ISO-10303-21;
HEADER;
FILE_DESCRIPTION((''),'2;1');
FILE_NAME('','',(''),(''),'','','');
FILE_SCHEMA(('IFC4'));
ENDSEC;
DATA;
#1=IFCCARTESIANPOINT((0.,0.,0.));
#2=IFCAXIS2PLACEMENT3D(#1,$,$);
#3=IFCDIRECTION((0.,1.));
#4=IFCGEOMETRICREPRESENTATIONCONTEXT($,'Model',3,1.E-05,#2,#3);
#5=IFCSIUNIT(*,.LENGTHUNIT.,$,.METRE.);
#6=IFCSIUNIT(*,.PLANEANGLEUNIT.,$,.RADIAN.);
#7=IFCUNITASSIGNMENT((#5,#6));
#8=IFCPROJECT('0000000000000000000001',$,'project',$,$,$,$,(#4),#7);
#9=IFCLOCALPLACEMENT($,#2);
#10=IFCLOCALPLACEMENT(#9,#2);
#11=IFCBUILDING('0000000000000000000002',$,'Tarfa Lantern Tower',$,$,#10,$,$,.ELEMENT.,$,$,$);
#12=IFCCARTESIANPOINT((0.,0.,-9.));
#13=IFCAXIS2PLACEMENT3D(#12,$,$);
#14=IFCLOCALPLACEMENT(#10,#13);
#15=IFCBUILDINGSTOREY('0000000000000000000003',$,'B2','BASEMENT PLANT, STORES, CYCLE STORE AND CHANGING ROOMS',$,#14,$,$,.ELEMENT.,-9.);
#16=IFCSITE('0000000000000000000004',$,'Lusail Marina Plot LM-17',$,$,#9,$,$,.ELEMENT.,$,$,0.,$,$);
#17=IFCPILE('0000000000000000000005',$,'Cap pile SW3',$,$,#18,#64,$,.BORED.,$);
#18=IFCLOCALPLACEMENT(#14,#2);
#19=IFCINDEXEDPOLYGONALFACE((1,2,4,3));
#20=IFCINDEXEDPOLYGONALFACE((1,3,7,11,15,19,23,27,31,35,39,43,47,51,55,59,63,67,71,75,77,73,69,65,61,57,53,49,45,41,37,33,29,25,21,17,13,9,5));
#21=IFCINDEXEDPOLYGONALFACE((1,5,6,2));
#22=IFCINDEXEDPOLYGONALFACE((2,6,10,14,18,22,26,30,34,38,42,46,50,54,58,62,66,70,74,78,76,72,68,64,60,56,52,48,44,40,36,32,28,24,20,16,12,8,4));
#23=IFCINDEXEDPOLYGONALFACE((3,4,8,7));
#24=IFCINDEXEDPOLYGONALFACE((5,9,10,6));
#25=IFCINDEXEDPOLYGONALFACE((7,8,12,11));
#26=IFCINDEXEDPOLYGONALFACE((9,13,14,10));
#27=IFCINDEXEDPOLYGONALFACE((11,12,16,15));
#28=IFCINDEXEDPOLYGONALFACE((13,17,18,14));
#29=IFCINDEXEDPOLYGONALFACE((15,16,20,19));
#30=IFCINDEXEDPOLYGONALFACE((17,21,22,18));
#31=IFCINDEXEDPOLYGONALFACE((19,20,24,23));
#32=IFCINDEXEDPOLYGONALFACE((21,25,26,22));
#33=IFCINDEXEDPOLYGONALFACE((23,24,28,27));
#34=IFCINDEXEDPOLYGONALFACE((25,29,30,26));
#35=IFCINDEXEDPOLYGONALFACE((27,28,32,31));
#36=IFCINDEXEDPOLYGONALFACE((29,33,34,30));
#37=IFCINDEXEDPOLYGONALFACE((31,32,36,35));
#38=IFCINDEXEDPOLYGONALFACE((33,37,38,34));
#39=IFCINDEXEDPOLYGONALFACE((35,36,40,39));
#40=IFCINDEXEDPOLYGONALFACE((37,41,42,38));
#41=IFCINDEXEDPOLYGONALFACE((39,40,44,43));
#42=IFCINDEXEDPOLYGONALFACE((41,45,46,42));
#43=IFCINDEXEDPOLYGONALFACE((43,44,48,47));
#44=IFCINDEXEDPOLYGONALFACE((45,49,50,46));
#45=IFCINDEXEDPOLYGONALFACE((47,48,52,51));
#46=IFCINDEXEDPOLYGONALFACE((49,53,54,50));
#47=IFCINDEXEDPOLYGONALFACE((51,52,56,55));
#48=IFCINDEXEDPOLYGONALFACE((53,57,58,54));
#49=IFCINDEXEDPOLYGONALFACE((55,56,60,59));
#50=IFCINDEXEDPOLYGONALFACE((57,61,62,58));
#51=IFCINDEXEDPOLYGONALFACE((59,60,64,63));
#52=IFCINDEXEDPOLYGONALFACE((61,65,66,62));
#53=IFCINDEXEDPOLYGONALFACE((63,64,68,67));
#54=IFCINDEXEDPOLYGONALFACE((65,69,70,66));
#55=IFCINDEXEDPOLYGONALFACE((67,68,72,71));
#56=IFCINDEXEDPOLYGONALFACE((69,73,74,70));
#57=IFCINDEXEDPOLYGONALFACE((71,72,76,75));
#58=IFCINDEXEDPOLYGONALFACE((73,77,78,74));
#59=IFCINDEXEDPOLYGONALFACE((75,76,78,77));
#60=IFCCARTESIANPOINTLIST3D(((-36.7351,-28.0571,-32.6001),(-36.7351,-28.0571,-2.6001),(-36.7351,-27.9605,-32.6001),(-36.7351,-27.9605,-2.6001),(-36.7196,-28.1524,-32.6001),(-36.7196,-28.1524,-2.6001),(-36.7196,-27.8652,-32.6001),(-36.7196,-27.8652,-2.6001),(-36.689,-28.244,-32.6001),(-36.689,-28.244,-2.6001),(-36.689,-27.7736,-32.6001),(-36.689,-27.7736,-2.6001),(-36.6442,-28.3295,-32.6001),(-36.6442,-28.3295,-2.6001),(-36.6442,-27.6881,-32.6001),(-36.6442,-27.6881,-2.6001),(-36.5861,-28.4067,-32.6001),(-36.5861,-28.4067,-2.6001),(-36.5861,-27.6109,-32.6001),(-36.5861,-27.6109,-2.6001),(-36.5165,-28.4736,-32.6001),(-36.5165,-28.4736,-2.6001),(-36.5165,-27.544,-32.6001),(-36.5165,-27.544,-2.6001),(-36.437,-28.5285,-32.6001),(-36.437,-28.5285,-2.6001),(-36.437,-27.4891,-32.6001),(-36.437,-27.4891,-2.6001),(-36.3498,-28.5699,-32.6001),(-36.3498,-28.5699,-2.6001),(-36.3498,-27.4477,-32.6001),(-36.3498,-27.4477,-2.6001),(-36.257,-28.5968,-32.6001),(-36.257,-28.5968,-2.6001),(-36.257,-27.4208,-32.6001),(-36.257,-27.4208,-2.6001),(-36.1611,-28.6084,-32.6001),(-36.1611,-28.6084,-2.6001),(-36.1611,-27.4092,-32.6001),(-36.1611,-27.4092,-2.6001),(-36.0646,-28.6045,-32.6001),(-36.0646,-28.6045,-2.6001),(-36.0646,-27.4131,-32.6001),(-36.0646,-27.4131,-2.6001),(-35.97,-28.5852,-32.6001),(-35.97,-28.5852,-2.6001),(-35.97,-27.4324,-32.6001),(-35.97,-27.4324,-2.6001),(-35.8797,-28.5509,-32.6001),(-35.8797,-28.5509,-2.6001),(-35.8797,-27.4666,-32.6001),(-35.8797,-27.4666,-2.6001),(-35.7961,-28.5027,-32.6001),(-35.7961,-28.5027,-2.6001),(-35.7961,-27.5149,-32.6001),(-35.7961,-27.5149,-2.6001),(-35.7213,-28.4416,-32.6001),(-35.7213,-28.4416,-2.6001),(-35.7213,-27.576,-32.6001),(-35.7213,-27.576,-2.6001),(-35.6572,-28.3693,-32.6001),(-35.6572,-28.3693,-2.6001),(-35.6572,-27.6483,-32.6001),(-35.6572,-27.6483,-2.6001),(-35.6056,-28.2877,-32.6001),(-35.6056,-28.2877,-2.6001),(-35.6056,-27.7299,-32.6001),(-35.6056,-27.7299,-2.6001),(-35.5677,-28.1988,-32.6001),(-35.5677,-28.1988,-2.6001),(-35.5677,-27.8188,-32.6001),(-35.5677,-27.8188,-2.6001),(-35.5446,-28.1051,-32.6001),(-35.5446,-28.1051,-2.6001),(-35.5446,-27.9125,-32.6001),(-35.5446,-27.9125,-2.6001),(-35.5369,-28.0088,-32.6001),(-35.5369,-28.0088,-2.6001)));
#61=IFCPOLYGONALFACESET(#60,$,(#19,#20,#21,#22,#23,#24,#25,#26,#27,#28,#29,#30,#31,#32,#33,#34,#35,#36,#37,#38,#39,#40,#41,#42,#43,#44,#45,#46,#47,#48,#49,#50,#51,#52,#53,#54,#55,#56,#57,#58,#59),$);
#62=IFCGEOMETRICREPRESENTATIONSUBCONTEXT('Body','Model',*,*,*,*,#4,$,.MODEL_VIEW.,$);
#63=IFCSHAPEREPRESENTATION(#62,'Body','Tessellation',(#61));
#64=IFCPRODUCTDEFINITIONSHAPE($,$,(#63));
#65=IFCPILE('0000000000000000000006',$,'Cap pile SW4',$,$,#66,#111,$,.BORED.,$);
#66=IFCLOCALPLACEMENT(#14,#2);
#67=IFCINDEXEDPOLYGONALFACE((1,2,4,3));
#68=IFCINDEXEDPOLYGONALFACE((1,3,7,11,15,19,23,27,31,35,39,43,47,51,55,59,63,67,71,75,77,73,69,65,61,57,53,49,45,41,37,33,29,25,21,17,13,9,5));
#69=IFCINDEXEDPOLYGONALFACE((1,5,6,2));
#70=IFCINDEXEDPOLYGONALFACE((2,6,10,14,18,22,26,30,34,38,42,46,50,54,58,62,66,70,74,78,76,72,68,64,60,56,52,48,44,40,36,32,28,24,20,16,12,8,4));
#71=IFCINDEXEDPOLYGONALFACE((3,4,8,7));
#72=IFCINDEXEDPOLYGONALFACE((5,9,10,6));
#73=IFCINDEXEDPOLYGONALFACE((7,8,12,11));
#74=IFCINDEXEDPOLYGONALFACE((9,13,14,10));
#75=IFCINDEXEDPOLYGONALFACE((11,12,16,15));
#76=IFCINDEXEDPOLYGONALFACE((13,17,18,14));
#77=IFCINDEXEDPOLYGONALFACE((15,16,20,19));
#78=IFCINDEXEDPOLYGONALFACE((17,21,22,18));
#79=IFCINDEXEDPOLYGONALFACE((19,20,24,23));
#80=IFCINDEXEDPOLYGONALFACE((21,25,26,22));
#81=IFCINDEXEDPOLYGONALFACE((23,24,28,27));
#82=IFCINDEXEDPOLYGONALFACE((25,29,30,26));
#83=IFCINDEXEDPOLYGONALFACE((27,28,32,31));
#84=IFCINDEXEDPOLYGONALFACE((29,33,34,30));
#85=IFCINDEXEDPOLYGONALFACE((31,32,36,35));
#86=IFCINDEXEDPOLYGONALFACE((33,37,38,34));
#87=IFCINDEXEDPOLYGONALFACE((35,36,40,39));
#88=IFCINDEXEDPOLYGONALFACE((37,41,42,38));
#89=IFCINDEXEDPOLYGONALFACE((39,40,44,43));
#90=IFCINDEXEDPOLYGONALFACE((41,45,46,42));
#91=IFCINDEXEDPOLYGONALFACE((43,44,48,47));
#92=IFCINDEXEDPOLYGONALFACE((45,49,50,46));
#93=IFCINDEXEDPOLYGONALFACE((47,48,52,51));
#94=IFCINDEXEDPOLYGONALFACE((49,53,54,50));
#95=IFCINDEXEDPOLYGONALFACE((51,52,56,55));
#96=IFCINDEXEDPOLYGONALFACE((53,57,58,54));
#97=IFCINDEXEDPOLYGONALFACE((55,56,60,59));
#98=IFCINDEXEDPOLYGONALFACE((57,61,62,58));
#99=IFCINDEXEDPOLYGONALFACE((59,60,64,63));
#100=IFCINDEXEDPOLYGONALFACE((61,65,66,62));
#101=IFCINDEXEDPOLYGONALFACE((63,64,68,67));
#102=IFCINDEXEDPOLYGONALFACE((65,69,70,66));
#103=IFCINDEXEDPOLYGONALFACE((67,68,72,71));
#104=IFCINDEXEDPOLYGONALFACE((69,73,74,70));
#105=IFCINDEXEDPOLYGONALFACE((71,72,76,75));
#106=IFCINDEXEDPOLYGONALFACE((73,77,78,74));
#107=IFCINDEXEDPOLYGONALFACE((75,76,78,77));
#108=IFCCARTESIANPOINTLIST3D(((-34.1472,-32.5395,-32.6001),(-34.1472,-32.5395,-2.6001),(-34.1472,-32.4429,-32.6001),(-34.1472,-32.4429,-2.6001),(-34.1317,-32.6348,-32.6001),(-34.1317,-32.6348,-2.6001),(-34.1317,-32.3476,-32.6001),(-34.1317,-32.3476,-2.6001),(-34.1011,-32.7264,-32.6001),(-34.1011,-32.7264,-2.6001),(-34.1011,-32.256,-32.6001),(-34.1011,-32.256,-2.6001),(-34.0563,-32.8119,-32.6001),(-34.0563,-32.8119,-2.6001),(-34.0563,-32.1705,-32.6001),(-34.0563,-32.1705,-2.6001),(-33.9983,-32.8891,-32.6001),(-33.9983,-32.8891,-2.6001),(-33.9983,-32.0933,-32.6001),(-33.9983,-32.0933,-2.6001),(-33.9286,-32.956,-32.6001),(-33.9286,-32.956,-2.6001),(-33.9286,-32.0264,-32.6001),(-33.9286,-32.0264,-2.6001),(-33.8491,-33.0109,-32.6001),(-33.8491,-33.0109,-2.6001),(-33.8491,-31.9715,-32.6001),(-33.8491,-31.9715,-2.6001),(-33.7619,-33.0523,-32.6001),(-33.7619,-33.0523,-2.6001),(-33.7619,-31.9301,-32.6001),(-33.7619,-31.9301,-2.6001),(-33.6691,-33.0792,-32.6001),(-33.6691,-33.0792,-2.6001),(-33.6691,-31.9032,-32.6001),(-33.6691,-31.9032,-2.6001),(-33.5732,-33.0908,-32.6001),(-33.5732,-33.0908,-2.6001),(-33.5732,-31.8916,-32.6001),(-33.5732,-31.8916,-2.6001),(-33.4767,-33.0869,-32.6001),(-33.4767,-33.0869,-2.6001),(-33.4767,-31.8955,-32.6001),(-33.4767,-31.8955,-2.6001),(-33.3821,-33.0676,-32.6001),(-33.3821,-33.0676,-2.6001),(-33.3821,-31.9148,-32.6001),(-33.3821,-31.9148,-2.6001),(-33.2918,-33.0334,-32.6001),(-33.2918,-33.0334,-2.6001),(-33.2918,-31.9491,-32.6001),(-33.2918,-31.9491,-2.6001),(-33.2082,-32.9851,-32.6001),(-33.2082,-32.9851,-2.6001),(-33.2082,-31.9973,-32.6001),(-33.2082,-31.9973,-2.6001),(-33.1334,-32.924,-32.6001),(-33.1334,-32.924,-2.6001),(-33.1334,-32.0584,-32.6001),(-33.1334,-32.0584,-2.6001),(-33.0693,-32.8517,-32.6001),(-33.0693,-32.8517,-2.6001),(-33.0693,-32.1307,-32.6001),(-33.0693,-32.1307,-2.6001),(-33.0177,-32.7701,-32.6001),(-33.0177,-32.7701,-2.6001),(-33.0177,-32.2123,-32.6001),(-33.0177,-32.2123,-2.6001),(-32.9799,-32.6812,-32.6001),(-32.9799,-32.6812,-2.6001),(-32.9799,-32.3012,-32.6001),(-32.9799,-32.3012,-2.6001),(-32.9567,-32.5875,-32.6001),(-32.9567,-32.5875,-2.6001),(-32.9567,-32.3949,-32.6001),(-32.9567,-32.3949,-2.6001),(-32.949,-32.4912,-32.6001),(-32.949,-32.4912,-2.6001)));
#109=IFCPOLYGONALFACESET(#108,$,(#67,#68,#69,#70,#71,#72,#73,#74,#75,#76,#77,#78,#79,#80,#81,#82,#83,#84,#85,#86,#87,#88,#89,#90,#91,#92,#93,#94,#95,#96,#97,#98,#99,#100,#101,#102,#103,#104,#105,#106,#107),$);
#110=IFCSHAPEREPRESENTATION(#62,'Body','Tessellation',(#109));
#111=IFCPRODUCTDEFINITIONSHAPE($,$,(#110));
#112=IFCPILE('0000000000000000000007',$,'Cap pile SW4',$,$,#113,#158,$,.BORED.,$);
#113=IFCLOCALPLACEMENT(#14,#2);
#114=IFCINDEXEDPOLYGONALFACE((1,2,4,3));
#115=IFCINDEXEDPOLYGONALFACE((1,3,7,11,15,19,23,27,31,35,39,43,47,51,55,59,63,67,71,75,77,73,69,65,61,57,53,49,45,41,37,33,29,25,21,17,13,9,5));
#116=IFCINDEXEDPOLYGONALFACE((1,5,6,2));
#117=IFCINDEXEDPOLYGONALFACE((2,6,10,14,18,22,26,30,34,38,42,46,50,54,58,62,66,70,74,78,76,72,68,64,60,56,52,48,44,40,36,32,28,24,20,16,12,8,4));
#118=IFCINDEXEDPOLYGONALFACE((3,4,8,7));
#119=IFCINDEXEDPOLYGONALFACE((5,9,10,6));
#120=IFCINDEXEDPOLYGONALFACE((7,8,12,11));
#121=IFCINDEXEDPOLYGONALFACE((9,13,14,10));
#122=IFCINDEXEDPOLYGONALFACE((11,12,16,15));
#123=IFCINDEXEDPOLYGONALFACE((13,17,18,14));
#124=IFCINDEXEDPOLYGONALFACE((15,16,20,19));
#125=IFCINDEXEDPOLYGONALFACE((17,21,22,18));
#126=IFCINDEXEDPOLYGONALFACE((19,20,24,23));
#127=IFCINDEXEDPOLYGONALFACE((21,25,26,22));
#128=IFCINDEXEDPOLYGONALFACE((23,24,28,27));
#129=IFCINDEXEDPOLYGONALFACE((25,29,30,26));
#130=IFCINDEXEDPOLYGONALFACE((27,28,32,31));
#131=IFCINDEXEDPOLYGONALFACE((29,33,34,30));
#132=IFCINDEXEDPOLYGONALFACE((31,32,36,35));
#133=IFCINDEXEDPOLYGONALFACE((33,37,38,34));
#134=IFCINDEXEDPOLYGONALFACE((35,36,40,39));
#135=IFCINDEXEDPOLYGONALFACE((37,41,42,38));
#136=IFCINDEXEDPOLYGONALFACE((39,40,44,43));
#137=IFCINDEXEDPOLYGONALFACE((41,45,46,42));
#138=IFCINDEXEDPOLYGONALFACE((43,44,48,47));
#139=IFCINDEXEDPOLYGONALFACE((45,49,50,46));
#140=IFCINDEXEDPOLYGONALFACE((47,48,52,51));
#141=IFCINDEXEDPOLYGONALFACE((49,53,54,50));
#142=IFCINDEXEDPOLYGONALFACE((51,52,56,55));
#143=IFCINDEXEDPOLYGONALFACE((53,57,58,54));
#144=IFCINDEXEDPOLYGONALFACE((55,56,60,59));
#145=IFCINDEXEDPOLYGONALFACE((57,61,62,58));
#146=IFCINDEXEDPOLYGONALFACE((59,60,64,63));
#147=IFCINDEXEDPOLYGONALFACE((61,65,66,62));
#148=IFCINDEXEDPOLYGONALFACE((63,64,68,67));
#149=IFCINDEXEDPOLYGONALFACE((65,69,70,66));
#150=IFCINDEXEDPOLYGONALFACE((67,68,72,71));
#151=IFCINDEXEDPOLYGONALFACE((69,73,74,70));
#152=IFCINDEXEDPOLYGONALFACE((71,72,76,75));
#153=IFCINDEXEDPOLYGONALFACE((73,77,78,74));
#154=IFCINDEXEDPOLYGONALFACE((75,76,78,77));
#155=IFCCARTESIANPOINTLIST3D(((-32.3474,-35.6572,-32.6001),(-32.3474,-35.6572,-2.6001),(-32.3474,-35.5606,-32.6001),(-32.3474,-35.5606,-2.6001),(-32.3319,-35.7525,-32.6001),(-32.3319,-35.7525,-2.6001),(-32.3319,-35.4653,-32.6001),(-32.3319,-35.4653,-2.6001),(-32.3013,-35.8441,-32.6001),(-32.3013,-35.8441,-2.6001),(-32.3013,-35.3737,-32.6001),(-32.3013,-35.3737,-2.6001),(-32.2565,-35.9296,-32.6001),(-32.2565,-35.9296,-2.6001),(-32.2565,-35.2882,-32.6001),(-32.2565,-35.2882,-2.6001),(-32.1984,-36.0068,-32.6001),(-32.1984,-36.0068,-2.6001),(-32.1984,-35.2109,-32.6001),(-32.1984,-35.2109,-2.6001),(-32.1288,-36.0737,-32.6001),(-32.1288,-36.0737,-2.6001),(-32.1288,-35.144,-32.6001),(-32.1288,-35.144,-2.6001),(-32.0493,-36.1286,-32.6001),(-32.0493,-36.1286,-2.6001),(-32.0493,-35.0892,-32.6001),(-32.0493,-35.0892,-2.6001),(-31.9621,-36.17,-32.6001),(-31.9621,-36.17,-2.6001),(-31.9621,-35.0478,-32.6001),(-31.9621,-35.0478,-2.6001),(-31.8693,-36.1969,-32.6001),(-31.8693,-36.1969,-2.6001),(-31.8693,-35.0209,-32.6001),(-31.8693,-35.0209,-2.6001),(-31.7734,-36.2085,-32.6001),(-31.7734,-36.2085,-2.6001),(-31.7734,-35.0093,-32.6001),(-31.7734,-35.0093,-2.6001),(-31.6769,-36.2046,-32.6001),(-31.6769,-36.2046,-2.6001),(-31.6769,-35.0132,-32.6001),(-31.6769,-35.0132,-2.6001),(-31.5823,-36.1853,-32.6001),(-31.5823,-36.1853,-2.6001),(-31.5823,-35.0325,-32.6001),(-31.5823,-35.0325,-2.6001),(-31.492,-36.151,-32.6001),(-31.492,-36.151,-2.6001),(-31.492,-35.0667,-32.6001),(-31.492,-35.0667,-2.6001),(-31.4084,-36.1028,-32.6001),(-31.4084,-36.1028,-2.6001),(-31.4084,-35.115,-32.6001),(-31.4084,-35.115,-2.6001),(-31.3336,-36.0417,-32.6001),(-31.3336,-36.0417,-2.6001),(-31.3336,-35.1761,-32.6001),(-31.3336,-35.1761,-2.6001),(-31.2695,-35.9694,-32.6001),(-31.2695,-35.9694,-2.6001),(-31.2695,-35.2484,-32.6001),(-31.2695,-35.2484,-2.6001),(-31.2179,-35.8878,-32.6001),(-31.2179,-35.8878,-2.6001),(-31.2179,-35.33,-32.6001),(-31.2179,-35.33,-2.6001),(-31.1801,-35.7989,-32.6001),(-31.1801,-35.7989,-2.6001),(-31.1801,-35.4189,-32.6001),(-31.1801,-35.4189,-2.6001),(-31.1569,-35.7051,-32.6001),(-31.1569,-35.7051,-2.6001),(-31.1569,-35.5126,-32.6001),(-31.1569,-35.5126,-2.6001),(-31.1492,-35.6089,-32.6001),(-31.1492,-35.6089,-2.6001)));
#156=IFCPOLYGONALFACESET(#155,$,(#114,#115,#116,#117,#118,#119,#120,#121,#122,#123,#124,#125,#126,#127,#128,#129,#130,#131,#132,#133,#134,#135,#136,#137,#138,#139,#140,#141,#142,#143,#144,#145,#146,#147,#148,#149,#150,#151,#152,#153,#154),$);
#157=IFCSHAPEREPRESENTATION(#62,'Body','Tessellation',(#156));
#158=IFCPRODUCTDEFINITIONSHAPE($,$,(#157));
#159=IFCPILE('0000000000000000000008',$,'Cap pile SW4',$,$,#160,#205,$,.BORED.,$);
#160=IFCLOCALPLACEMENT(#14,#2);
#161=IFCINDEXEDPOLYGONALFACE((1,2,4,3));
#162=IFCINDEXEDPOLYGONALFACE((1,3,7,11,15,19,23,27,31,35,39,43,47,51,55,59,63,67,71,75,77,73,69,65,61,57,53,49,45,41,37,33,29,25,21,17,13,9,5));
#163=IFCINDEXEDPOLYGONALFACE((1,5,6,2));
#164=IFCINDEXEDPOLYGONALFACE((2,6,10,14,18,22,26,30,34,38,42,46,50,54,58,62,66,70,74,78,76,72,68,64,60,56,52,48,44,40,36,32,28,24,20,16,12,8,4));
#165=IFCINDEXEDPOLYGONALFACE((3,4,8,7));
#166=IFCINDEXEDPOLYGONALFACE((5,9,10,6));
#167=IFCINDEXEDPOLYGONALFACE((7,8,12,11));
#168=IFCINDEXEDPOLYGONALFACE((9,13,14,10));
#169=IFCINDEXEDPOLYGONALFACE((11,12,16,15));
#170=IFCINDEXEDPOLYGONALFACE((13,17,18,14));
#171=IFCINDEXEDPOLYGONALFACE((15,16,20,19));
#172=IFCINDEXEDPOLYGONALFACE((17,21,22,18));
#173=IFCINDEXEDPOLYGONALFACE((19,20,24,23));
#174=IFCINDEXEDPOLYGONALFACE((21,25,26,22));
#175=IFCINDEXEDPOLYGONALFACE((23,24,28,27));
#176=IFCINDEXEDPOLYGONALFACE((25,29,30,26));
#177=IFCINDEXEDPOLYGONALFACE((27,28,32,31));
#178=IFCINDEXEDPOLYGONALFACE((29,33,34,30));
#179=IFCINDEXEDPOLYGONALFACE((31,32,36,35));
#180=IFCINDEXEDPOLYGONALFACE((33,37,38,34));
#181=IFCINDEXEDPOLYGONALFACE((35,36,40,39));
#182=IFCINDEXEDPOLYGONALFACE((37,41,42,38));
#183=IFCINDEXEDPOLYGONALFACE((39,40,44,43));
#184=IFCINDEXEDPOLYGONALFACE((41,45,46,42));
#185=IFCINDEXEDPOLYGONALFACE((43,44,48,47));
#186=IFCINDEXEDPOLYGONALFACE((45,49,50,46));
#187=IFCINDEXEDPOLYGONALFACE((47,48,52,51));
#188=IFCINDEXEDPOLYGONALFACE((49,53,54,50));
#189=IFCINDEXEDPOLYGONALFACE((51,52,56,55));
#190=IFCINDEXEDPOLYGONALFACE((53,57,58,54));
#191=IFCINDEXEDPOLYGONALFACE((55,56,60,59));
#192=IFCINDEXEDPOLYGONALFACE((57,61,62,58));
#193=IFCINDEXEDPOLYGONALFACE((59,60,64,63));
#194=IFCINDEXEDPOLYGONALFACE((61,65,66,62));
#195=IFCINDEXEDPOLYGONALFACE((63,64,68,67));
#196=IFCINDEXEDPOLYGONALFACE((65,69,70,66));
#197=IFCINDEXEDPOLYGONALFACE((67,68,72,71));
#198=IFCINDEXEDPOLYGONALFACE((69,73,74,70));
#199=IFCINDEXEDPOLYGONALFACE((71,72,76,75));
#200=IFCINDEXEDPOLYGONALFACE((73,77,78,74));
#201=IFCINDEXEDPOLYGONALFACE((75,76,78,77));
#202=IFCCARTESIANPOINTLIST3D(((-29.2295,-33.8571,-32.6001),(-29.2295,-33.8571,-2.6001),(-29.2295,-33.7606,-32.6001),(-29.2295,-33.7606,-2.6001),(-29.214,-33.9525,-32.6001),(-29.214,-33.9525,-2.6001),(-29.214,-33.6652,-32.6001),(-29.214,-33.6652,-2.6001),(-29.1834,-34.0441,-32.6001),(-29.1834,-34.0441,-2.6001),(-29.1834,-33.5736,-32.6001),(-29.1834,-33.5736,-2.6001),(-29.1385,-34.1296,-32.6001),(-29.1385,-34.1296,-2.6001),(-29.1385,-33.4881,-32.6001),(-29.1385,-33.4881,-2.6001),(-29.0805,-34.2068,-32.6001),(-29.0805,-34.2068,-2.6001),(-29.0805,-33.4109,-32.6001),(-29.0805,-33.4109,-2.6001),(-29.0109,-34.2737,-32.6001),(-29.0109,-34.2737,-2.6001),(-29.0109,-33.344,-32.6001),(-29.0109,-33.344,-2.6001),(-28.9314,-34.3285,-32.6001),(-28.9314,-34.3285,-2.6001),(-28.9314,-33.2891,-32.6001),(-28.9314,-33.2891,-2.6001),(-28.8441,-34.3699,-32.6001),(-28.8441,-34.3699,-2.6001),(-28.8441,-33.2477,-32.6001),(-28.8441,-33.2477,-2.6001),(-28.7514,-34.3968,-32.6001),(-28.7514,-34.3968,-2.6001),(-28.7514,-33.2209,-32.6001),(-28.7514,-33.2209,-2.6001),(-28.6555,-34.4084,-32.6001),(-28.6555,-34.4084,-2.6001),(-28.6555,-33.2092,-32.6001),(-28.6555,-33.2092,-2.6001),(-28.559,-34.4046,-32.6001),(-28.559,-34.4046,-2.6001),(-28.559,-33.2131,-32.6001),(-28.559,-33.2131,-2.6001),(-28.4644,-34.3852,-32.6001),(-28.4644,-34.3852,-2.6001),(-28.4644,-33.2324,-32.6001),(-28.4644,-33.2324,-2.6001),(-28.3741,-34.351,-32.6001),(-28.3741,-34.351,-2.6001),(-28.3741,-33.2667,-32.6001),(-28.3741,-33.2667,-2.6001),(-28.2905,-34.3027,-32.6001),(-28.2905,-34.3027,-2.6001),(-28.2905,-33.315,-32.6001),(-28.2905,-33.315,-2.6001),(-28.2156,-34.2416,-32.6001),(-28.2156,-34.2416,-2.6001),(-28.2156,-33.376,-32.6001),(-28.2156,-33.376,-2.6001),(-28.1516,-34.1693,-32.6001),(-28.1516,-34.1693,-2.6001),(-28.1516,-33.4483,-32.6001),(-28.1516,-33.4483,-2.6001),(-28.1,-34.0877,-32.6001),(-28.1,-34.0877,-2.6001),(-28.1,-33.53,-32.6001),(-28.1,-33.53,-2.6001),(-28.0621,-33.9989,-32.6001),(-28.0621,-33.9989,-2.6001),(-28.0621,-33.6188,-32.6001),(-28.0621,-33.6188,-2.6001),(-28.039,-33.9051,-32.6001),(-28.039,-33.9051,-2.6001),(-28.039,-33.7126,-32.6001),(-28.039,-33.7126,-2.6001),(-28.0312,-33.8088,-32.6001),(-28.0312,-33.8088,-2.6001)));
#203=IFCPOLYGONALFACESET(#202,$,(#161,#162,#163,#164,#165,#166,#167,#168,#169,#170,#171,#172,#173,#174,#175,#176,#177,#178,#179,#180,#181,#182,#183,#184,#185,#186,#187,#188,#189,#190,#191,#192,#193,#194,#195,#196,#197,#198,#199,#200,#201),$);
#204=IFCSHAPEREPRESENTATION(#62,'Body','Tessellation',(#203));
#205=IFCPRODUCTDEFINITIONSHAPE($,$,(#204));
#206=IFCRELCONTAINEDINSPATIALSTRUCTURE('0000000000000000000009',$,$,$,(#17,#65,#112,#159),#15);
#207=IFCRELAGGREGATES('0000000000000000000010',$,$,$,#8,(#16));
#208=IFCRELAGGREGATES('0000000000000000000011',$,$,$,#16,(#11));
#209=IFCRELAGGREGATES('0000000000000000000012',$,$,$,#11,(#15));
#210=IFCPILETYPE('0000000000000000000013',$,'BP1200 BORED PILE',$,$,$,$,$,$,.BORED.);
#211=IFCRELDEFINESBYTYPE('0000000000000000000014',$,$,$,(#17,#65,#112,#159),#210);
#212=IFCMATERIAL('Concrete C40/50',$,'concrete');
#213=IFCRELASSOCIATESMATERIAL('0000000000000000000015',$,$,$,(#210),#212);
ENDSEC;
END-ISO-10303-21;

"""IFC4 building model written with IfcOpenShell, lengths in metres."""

from ifc_helpers import new_model, si_unit, direction, frame, origin, origin_2d, place, context, subcontext, project, spatial, circle, extrude, material, material_profile, profile_set, type_object, element, save


model = new_model("IFC4")

# Units and contexts
model_context = context("Model", 3, precision=1e-05, world=origin(), true_north=direction((0.0, 1.0)))
body_context = subcontext(model_context, "Body", "Model", "MODEL_VIEW")
ifc_project = project(units=[si_unit("LENGTHUNIT", "METRE"), si_unit("PLANEANGLEUNIT", "RADIAN")], contexts=[model_context])

# Site, building, storey
site_placement = place(None, origin())
site = spatial("IfcSite", under=ifc_project, at=site_placement, Name="Lusail Marina Plot LM-17", CompositionType="ELEMENT", RefElevation=0.0)
building_placement = place(site_placement, origin())
building = spatial("IfcBuilding", under=site, at=building_placement, Name="Tarfa Lantern Tower", CompositionType="ELEMENT")
storey_placement = place(building_placement, frame((0.0, 0.0, -9.0)))
storey = spatial("IfcBuildingStorey", under=building, at=storey_placement, Name="B2", Description="BASEMENT PLANT, STORES, CYCLE STORE AND CHANGING ROOMS", CompositionType="ELEMENT", Elevation=-9.0)

# Piles
ifc_material_1 = material(Name="Concrete C40/50", Category="concrete")
ifc_material_profile_1 = material_profile(ifc_material_1, circle(Radius=0.6001, at=origin_2d()), Name="BORED PILE D1200")
ifc_profile_set_1 = profile_set([ifc_material_profile_1], Name="Concrete C40/50")
pile_type_1 = type_object("IfcPileType", Name="BP1200 BORED PILE", PredefinedType="BORED", material=ifc_profile_set_1)
for number, where, z_axis, x_axis, name in (
    (1, (-36.137, -28.0088, -2.6001), (0.0, 0.0, -1.0), (1.0, 0.0, 0.0), "Cap pile SW3"),
    (2, (-33.5491, -32.4912, -2.6001), (0.0, 0.0, -1.0), (1.0, 0.0, 0.0), "Cap pile SW4"),
    (3, (-31.7493, -35.6089, -2.6001), (0.0, 0.0, -1.0), (1.0, 0.0, 0.0), "Cap pile SW4"),
    (4, (-28.6313, -33.8088, -2.6001), (0.0, 0.0, -1.0), (1.0, 0.0, 0.0), "Cap pile SW4"),
):
    element("IfcPile", number, at=place(storey_placement, frame(where, z_axis=z_axis, x_axis=x_axis)), inside=storey, type_object=pile_type_1, Name=name, PredefinedType="BORED", context=body_context, shape_type="SweptSolid", body=[
        extrude(circle(Radius=0.6001, at=origin_2d()), origin(), (0.0, 0.0, 1.0), 30.0),
    ])

save(model, "model.ifc")
